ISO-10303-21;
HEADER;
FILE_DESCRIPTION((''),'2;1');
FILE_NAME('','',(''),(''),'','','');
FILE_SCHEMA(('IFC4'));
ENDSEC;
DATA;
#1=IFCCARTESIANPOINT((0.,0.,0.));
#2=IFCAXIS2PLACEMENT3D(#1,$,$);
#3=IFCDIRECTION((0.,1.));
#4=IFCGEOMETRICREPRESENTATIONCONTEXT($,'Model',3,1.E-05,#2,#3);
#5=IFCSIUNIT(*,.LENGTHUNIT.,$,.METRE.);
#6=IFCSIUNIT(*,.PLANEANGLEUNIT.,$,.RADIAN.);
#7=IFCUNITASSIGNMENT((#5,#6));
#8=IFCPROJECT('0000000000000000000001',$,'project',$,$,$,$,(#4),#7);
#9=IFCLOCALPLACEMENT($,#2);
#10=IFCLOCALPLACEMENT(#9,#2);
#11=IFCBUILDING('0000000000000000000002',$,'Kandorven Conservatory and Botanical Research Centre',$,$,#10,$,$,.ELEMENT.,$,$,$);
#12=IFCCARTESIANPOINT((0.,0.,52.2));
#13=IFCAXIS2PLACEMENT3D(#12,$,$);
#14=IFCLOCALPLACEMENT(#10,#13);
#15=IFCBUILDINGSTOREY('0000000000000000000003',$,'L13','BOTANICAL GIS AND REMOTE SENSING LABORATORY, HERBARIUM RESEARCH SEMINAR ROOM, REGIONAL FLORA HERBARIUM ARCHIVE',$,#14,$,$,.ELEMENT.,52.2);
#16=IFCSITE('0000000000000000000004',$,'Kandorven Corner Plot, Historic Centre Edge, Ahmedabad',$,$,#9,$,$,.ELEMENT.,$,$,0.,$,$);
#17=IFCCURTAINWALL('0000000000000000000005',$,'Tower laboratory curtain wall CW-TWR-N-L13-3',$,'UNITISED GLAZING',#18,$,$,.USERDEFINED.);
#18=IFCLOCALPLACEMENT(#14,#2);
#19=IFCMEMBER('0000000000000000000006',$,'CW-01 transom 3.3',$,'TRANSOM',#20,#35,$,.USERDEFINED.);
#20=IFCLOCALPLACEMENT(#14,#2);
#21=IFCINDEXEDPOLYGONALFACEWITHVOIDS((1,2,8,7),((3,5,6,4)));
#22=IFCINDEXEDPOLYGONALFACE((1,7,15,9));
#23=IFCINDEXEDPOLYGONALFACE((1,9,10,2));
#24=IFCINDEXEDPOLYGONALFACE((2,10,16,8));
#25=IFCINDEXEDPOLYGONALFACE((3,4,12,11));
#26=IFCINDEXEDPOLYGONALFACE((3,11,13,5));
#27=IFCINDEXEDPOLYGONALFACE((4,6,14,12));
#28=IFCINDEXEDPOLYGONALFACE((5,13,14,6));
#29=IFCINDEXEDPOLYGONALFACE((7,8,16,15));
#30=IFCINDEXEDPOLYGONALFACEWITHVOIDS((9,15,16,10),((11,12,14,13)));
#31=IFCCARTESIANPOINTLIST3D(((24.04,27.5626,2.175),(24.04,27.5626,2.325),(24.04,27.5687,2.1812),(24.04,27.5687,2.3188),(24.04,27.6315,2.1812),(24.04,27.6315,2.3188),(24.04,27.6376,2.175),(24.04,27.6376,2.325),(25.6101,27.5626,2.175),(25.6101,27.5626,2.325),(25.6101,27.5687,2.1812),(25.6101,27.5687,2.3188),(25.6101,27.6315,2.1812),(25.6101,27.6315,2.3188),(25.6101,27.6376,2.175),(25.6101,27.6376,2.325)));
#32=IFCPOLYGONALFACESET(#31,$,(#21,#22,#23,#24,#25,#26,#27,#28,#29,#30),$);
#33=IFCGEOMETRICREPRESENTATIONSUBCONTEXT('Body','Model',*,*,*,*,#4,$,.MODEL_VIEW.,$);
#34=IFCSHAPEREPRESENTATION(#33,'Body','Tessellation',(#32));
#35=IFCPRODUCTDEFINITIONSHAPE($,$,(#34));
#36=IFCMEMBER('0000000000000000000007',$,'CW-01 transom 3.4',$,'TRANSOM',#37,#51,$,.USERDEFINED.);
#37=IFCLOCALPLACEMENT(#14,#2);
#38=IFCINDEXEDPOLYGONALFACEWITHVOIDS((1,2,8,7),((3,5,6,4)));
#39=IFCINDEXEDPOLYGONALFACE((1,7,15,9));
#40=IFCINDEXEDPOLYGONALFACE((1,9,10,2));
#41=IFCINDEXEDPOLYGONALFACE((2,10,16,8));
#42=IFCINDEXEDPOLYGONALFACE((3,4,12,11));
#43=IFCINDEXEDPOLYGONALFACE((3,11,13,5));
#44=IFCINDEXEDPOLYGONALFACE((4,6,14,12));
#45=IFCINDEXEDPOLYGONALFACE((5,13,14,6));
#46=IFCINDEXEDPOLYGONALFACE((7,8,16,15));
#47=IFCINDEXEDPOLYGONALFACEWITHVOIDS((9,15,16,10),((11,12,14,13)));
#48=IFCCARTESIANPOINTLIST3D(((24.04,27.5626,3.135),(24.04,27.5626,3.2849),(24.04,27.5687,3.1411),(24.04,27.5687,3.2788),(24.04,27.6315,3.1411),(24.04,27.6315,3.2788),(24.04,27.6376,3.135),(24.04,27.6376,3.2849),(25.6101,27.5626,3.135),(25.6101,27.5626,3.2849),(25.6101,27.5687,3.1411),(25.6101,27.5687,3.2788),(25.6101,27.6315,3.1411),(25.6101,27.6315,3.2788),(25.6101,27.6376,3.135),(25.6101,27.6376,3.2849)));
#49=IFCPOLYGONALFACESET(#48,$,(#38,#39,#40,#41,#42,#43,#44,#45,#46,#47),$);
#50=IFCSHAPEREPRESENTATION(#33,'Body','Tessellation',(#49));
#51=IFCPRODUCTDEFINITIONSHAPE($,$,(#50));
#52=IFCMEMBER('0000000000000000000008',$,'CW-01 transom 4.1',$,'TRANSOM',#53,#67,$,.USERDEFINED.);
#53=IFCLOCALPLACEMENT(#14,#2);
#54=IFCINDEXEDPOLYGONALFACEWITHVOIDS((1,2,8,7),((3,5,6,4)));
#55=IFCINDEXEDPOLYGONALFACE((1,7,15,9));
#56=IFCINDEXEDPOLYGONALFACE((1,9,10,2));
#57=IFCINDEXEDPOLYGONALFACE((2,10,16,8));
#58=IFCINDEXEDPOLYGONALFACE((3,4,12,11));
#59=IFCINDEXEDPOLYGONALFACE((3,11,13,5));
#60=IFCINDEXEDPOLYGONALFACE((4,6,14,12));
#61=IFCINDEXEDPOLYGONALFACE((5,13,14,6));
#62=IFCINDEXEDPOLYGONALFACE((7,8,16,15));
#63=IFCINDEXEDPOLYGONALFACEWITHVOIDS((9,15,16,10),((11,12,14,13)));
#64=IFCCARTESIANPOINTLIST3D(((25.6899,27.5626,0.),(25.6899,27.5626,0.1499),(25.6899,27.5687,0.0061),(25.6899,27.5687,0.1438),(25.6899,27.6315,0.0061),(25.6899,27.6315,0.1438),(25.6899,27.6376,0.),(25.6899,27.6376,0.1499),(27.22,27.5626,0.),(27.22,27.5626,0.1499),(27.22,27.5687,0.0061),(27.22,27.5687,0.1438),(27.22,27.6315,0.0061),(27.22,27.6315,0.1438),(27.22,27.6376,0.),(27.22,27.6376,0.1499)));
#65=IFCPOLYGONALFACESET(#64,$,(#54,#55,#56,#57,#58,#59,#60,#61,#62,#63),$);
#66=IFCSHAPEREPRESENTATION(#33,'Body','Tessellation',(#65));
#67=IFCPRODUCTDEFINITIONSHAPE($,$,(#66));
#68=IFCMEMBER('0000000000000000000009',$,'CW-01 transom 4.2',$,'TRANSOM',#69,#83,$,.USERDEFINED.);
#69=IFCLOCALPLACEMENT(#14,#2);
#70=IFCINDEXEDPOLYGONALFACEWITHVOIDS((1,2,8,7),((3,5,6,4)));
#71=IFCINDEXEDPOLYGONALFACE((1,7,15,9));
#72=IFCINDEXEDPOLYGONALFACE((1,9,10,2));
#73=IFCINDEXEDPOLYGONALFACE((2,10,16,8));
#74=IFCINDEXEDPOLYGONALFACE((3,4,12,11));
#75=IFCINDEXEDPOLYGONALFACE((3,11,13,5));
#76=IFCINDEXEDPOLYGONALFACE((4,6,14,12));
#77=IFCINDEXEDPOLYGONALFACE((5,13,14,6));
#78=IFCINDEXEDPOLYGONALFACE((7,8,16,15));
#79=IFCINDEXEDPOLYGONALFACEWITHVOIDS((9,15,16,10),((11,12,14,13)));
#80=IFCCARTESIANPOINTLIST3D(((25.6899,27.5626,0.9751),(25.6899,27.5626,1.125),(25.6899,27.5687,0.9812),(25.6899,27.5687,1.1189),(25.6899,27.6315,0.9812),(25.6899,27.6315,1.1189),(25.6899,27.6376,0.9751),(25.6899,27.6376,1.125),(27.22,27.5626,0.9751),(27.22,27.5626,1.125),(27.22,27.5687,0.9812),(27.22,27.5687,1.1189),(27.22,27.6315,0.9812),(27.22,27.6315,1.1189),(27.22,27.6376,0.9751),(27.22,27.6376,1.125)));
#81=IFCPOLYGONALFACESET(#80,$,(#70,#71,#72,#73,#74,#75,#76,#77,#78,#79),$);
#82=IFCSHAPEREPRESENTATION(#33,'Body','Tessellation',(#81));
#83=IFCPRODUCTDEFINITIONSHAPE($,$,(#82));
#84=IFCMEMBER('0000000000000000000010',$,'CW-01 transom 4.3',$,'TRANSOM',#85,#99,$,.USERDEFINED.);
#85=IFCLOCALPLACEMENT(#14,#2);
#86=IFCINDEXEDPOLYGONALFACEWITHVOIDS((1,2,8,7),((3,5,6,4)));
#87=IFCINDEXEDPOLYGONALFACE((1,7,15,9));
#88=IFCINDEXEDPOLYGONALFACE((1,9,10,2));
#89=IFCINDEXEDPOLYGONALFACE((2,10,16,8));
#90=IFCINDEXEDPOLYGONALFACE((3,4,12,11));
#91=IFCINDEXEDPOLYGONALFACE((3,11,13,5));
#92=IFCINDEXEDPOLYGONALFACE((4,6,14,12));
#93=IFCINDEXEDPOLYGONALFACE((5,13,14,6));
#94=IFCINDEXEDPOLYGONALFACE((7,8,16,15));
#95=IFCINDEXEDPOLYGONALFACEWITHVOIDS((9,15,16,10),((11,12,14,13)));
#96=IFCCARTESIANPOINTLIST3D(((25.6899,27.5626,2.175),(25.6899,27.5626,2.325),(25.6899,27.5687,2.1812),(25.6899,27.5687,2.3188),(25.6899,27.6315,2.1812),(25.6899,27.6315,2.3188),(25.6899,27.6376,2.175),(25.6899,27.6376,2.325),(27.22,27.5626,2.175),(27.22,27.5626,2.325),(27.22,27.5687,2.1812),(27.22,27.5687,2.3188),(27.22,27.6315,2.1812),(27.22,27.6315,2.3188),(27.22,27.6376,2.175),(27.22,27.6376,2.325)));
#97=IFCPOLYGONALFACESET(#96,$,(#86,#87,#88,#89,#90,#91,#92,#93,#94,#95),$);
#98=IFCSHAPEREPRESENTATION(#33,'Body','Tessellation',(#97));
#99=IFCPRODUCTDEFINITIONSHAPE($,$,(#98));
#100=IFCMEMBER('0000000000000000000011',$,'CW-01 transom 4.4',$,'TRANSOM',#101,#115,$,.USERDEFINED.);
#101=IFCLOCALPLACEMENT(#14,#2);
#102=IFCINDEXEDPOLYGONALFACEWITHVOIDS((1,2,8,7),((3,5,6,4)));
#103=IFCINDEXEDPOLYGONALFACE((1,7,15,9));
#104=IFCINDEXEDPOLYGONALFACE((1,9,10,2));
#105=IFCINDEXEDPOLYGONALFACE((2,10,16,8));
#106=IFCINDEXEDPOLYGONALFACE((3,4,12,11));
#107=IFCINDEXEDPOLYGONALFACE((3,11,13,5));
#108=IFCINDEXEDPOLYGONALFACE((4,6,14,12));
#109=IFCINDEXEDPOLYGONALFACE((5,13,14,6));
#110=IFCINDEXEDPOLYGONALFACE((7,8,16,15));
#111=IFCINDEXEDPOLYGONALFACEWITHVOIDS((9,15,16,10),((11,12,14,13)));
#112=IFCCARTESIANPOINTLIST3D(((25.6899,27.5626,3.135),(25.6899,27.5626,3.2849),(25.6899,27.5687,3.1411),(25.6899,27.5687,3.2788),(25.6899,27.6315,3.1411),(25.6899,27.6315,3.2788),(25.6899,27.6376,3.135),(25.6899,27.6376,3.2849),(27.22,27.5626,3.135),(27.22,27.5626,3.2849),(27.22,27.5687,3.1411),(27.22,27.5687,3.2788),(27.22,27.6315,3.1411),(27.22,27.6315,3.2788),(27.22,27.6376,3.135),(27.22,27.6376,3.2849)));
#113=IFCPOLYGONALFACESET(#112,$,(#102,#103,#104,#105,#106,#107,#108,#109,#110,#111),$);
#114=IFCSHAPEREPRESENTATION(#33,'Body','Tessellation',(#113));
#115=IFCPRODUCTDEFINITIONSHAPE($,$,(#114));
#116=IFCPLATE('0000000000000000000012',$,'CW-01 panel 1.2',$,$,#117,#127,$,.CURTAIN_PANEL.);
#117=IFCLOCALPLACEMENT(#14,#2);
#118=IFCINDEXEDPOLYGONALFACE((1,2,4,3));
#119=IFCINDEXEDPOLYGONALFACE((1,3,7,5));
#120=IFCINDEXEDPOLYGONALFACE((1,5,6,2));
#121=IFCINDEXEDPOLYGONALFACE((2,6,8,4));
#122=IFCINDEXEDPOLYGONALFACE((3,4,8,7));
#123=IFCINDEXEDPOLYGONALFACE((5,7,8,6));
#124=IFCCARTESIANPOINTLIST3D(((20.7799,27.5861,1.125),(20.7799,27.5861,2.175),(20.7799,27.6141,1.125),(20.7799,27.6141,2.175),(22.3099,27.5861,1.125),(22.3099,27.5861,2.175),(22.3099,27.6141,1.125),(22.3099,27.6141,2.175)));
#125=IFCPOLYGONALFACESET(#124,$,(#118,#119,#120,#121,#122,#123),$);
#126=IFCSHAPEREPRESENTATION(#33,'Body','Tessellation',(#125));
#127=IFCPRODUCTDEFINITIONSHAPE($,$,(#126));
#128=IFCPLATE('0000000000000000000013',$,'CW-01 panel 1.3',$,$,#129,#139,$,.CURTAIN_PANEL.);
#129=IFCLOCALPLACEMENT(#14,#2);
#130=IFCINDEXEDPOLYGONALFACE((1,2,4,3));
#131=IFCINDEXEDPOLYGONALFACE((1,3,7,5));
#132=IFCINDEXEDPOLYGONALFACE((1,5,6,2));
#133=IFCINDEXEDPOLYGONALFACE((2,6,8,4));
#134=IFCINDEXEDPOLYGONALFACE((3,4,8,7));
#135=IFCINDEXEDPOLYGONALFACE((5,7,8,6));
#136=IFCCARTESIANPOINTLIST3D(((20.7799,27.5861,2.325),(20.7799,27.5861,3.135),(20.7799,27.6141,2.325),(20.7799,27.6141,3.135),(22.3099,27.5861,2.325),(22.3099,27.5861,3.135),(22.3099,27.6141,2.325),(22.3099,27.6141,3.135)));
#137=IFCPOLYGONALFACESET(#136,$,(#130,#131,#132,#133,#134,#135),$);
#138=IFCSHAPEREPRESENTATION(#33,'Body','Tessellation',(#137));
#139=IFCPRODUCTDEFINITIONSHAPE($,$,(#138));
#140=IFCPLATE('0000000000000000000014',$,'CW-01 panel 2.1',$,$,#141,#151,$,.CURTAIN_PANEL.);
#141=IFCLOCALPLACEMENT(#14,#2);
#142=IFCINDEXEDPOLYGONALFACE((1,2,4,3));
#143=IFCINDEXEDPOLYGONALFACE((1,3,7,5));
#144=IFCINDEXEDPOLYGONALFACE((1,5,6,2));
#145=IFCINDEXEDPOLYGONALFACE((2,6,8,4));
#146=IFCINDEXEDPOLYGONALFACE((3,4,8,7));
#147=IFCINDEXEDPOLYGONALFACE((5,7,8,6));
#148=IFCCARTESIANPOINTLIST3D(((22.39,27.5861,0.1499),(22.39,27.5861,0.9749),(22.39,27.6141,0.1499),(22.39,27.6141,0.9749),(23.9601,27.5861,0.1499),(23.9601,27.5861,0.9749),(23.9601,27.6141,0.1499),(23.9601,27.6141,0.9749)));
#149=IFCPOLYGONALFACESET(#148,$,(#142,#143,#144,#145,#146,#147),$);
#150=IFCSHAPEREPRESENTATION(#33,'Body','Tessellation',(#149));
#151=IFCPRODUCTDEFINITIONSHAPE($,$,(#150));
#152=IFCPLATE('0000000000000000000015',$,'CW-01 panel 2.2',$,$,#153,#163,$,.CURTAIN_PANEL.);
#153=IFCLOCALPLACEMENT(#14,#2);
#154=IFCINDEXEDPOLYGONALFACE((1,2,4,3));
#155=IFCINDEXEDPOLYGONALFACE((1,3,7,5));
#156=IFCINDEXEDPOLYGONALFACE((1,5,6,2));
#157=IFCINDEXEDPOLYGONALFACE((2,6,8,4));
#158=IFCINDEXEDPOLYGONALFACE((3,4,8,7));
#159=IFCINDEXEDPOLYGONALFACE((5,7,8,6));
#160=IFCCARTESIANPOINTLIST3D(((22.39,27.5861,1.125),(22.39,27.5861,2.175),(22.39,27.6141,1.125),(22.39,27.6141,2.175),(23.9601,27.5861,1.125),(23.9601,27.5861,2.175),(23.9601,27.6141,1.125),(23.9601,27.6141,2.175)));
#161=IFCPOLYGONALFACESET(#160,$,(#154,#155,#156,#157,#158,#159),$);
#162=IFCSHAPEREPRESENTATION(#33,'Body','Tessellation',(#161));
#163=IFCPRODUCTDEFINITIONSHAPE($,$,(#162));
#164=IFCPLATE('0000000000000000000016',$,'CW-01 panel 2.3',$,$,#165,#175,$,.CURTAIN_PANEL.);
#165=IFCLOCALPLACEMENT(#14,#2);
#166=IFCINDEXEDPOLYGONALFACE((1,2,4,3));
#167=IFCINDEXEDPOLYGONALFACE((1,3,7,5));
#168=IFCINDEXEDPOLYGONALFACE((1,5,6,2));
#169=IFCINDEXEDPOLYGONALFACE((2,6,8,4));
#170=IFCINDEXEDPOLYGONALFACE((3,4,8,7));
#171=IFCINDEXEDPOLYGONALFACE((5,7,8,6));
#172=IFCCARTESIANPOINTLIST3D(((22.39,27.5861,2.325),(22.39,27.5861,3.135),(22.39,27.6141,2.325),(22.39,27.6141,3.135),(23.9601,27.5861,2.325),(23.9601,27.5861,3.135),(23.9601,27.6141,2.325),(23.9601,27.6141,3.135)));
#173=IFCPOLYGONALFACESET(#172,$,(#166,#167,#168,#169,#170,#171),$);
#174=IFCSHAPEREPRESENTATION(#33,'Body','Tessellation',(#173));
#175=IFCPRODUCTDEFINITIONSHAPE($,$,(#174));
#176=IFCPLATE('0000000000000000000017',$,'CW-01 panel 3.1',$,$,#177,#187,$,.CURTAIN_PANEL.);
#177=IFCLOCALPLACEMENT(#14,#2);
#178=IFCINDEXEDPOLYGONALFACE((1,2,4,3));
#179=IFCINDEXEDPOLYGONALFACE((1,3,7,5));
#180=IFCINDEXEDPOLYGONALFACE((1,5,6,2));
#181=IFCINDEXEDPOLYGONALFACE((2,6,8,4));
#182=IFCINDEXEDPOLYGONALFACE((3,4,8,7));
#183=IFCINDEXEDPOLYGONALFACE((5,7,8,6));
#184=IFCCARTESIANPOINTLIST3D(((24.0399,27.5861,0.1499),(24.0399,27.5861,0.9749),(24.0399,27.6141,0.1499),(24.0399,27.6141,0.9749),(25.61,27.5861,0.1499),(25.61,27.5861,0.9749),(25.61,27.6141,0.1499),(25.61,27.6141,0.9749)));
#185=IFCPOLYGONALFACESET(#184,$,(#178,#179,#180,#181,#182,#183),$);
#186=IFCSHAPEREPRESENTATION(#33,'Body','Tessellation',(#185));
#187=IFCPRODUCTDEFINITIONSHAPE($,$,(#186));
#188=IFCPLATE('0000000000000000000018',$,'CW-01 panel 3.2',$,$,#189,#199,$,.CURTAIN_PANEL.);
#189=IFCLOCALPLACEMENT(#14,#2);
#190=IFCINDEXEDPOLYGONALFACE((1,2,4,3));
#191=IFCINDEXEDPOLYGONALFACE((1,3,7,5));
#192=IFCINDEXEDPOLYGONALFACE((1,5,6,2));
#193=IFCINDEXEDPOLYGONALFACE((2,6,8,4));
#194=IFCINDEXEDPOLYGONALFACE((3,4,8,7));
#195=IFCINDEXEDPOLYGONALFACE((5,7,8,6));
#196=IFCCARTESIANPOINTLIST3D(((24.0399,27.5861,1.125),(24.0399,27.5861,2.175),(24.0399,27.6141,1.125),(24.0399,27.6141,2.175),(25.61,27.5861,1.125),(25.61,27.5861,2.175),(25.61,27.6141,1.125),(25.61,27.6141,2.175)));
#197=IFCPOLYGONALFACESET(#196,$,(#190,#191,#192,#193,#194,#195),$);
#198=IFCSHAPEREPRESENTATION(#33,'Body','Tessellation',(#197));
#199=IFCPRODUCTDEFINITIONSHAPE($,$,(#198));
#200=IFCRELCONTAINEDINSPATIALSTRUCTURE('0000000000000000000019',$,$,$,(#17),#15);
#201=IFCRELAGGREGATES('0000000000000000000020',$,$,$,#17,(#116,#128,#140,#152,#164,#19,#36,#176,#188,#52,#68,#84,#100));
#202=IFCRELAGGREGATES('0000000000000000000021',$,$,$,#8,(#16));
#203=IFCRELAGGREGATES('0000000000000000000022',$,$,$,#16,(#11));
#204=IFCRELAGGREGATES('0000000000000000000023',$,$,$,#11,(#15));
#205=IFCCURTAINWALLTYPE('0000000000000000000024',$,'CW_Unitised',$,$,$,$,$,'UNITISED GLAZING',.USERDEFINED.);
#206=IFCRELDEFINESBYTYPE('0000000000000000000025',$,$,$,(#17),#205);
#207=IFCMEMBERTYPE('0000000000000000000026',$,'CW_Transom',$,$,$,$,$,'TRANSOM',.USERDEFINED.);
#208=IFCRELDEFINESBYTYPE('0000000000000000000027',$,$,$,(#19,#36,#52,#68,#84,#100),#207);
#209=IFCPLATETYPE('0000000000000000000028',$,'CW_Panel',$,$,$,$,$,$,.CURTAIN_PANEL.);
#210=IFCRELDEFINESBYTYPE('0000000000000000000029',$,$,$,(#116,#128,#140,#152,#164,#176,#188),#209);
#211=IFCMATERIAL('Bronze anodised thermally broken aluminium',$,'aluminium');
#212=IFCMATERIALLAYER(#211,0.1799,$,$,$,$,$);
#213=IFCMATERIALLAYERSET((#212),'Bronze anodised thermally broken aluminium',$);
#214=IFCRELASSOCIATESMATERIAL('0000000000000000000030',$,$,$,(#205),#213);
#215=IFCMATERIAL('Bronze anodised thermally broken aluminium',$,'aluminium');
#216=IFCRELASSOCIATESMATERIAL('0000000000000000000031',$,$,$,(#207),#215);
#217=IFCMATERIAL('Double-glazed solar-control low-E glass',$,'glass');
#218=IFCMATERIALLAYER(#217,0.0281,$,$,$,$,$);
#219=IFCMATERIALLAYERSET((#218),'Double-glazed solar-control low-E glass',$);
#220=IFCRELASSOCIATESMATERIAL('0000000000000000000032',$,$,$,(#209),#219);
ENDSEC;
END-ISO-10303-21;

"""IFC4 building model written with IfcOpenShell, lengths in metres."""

from ifc_helpers import new_model, si_unit, direction, frame, origin, origin_2d, place, context, subcontext, project, spatial, rectangle, hollow_rectangle, extrude, material, layer, layer_set, material_profile, profile_set, type_object, element, aggregate, save


model = new_model("IFC4")

# Units and contexts
model_context = context("Model", 3, precision=1e-05, world=origin(), true_north=direction((0.0, 1.0)))
body_context = subcontext(model_context, "Body", "Model", "MODEL_VIEW")
ifc_project = project(units=[si_unit("LENGTHUNIT", "METRE"), si_unit("PLANEANGLEUNIT", "RADIAN")], contexts=[model_context])

# Site, building, storey
site_placement = place(None, origin())
site = spatial("IfcSite", under=ifc_project, at=site_placement, Name="Kandorven Corner Plot, Historic Centre Edge, Ahmedabad", CompositionType="ELEMENT", RefElevation=0.0)
building_placement = place(site_placement, origin())
building = spatial("IfcBuilding", under=site, at=building_placement, Name="Kandorven Conservatory and Botanical Research Centre", CompositionType="ELEMENT")
storey_placement = place(building_placement, frame((0.0, 0.0, 52.2)))
storey = spatial("IfcBuildingStorey", under=building, at=storey_placement, Name="L13", Description="BOTANICAL GIS AND REMOTE SENSING LABORATORY, HERBARIUM RESEARCH SEMINAR ROOM, REGIONAL FLORA HERBARIUM ARCHIVE", CompositionType="ELEMENT", Elevation=52.2)

# Curtain wall, members, plates
ifc_material_1 = material(Name="Bronze anodised thermally broken aluminium", Category="aluminium")
ifc_layer_1 = layer(ifc_material_1, 0.1799)
ifc_layer_set_1 = layer_set([ifc_layer_1], Name="Bronze anodised thermally broken aluminium")
curtain_wall_type = type_object("IfcCurtainWallType", Name="CW_Unitised", ElementType="UNITISED GLAZING", PredefinedType="USERDEFINED", material=ifc_layer_set_1)
curtain_wall_placement = place(storey_placement, origin())
curtain_wall = element("IfcCurtainWall", 1, at=curtain_wall_placement, inside=storey, type_object=curtain_wall_type, Name="Tower laboratory curtain wall CW-TWR-N-L13-3", ObjectType="UNITISED GLAZING", PredefinedType="USERDEFINED")
ifc_material_2 = material(Name="Bronze anodised thermally broken aluminium", Category="aluminium")
ifc_material_profile_1 = material_profile(ifc_material_2, hollow_rectangle(XDim=0.075, YDim=0.1499, WallThickness=0.0061, at=origin_2d()))
ifc_profile_set_1 = profile_set([ifc_material_profile_1], Name="Bronze anodised thermally broken aluminium")
member_type_1 = type_object("IfcMemberType", Name="CW_Transom", ElementType="TRANSOM", PredefinedType="USERDEFINED", material=ifc_profile_set_1)
member_1_placement = place(storey_placement, frame((24.04, 27.6001, 2.25), z_axis=(1.0, 0.0, 0.0), x_axis=(0.0, 1.0, 0.0)))
member_1 = element("IfcMember", 2, at=member_1_placement, type_object=member_type_1, Name="CW-01 transom 3.3", ObjectType="TRANSOM", PredefinedType="USERDEFINED", context=body_context, shape_type="SweptSolid", body=[
    extrude(hollow_rectangle(XDim=0.075, YDim=0.1499, WallThickness=0.0061, at=origin_2d()), origin(), (0.0, 0.0, 1.0), 1.5701),
])
member_2_placement = place(storey_placement, frame((24.04, 27.6001, 3.21), z_axis=(1.0, 0.0, 0.0), x_axis=(0.0, 1.0, 0.0)))
member_2 = element("IfcMember", 3, at=member_2_placement, type_object=member_type_1, Name="CW-01 transom 3.4", ObjectType="TRANSOM", PredefinedType="USERDEFINED", context=body_context, shape_type="SweptSolid", body=[
    extrude(hollow_rectangle(XDim=0.075, YDim=0.1499, WallThickness=0.0061, at=origin_2d()), origin(), (0.0, 0.0, 1.0), 1.5701),
])
member_3_placement = place(storey_placement, frame((25.6899, 27.6001, 0.075), z_axis=(1.0, 0.0, 0.0), x_axis=(0.0, 1.0, 0.0)))
member_3 = element("IfcMember", 4, at=member_3_placement, type_object=member_type_1, Name="CW-01 transom 4.1", ObjectType="TRANSOM", PredefinedType="USERDEFINED", context=body_context, shape_type="SweptSolid", body=[
    extrude(hollow_rectangle(XDim=0.075, YDim=0.1499, WallThickness=0.0061, at=origin_2d()), origin(), (0.0, 0.0, 1.0), 1.53),
])
member_4_placement = place(storey_placement, frame((25.6899, 27.6001, 1.05), z_axis=(1.0, 0.0, 0.0), x_axis=(0.0, 1.0, 0.0)))
member_4 = element("IfcMember", 5, at=member_4_placement, type_object=member_type_1, Name="CW-01 transom 4.2", ObjectType="TRANSOM", PredefinedType="USERDEFINED", context=body_context, shape_type="SweptSolid", body=[
    extrude(hollow_rectangle(XDim=0.075, YDim=0.1499, WallThickness=0.0061, at=origin_2d()), origin(), (0.0, 0.0, 1.0), 1.53),
])
member_5_placement = place(storey_placement, frame((25.6899, 27.6001, 2.25), z_axis=(1.0, 0.0, 0.0), x_axis=(0.0, 1.0, 0.0)))
member_5 = element("IfcMember", 6, at=member_5_placement, type_object=member_type_1, Name="CW-01 transom 4.3", ObjectType="TRANSOM", PredefinedType="USERDEFINED", context=body_context, shape_type="SweptSolid", body=[
    extrude(hollow_rectangle(XDim=0.075, YDim=0.1499, WallThickness=0.0061, at=origin_2d()), origin(), (0.0, 0.0, 1.0), 1.53),
])
member_6_placement = place(storey_placement, frame((25.6899, 27.6001, 3.21), z_axis=(1.0, 0.0, 0.0), x_axis=(0.0, 1.0, 0.0)))
member_6 = element("IfcMember", 7, at=member_6_placement, type_object=member_type_1, Name="CW-01 transom 4.4", ObjectType="TRANSOM", PredefinedType="USERDEFINED", context=body_context, shape_type="SweptSolid", body=[
    extrude(hollow_rectangle(XDim=0.075, YDim=0.1499, WallThickness=0.0061, at=origin_2d()), origin(), (0.0, 0.0, 1.0), 1.53),
])
ifc_material_3 = material(Name="Double-glazed solar-control low-E glass", Category="glass")
ifc_layer_2 = layer(ifc_material_3, 0.0281)
ifc_layer_set_2 = layer_set([ifc_layer_2], Name="Double-glazed solar-control low-E glass")
plate_type = type_object("IfcPlateType", Name="CW_Panel", PredefinedType="CURTAIN_PANEL", material=ifc_layer_set_2)
plate_1_placement = place(storey_placement, frame((21.5449, 27.6001, 1.125), z_axis=(0.0, 0.0, 1.0), x_axis=(1.0, 0.0, 0.0)))
plate_1 = element("IfcPlate", 8, at=plate_1_placement, type_object=plate_type, Name="CW-01 panel 1.2", PredefinedType="CURTAIN_PANEL", context=body_context, shape_type="SweptSolid", body=[
    extrude(rectangle(XDim=1.53, YDim=0.0281, at=origin_2d()), origin(), (0.0, 0.0, 1.0), 1.05),
])
plate_2_placement = place(storey_placement, frame((21.5449, 27.6001, 2.325), z_axis=(0.0, 0.0, 1.0), x_axis=(1.0, 0.0, 0.0)))
plate_2 = element("IfcPlate", 9, at=plate_2_placement, type_object=plate_type, Name="CW-01 panel 1.3", PredefinedType="CURTAIN_PANEL", context=body_context, shape_type="SweptSolid", body=[
    extrude(rectangle(XDim=1.53, YDim=0.0281, at=origin_2d()), origin(), (0.0, 0.0, 1.0), 0.8101),
])
plate_3_placement = place(storey_placement, frame((23.175, 27.6001, 0.1499), z_axis=(0.0, 0.0, 1.0), x_axis=(1.0, 0.0, 0.0)))
plate_3 = element("IfcPlate", 10, at=plate_3_placement, type_object=plate_type, Name="CW-01 panel 2.1", PredefinedType="CURTAIN_PANEL", context=body_context, shape_type="SweptSolid", body=[
    extrude(rectangle(XDim=1.5701, YDim=0.0281, at=origin_2d()), origin(), (0.0, 0.0, 1.0), 0.825),
])
plate_4_placement = place(storey_placement, frame((23.175, 27.6001, 1.125), z_axis=(0.0, 0.0, 1.0), x_axis=(1.0, 0.0, 0.0)))
plate_4 = element("IfcPlate", 11, at=plate_4_placement, type_object=plate_type, Name="CW-01 panel 2.2", PredefinedType="CURTAIN_PANEL", context=body_context, shape_type="SweptSolid", body=[
    extrude(rectangle(XDim=1.5701, YDim=0.0281, at=origin_2d()), origin(), (0.0, 0.0, 1.0), 1.05),
])
plate_5_placement = place(storey_placement, frame((23.175, 27.6001, 2.325), z_axis=(0.0, 0.0, 1.0), x_axis=(1.0, 0.0, 0.0)))
plate_5 = element("IfcPlate", 12, at=plate_5_placement, type_object=plate_type, Name="CW-01 panel 2.3", PredefinedType="CURTAIN_PANEL", context=body_context, shape_type="SweptSolid", body=[
    extrude(rectangle(XDim=1.5701, YDim=0.0281, at=origin_2d()), origin(), (0.0, 0.0, 1.0), 0.8101),
])
plate_6_placement = place(storey_placement, frame((24.825, 27.6001, 0.1499), z_axis=(0.0, 0.0, 1.0), x_axis=(1.0, 0.0, 0.0)))
plate_6 = element("IfcPlate", 13, at=plate_6_placement, type_object=plate_type, Name="CW-01 panel 3.1", PredefinedType="CURTAIN_PANEL", context=body_context, shape_type="SweptSolid", body=[
    extrude(rectangle(XDim=1.5701, YDim=0.0281, at=origin_2d()), origin(), (0.0, 0.0, 1.0), 0.825),
])
plate_7_placement = place(storey_placement, frame((24.825, 27.6001, 1.125), z_axis=(0.0, 0.0, 1.0), x_axis=(1.0, 0.0, 0.0)))
plate_7 = element("IfcPlate", 14, at=plate_7_placement, type_object=plate_type, Name="CW-01 panel 3.2", PredefinedType="CURTAIN_PANEL", context=body_context, shape_type="SweptSolid", body=[
    extrude(rectangle(XDim=1.5701, YDim=0.0281, at=origin_2d()), origin(), (0.0, 0.0, 1.0), 1.05),
])
aggregate(curtain_wall, [plate_1, plate_2, plate_3, plate_4, plate_5, member_1, member_2, plate_6, plate_7, member_3, member_4, member_5, member_6])

save(model, "model.ifc")
